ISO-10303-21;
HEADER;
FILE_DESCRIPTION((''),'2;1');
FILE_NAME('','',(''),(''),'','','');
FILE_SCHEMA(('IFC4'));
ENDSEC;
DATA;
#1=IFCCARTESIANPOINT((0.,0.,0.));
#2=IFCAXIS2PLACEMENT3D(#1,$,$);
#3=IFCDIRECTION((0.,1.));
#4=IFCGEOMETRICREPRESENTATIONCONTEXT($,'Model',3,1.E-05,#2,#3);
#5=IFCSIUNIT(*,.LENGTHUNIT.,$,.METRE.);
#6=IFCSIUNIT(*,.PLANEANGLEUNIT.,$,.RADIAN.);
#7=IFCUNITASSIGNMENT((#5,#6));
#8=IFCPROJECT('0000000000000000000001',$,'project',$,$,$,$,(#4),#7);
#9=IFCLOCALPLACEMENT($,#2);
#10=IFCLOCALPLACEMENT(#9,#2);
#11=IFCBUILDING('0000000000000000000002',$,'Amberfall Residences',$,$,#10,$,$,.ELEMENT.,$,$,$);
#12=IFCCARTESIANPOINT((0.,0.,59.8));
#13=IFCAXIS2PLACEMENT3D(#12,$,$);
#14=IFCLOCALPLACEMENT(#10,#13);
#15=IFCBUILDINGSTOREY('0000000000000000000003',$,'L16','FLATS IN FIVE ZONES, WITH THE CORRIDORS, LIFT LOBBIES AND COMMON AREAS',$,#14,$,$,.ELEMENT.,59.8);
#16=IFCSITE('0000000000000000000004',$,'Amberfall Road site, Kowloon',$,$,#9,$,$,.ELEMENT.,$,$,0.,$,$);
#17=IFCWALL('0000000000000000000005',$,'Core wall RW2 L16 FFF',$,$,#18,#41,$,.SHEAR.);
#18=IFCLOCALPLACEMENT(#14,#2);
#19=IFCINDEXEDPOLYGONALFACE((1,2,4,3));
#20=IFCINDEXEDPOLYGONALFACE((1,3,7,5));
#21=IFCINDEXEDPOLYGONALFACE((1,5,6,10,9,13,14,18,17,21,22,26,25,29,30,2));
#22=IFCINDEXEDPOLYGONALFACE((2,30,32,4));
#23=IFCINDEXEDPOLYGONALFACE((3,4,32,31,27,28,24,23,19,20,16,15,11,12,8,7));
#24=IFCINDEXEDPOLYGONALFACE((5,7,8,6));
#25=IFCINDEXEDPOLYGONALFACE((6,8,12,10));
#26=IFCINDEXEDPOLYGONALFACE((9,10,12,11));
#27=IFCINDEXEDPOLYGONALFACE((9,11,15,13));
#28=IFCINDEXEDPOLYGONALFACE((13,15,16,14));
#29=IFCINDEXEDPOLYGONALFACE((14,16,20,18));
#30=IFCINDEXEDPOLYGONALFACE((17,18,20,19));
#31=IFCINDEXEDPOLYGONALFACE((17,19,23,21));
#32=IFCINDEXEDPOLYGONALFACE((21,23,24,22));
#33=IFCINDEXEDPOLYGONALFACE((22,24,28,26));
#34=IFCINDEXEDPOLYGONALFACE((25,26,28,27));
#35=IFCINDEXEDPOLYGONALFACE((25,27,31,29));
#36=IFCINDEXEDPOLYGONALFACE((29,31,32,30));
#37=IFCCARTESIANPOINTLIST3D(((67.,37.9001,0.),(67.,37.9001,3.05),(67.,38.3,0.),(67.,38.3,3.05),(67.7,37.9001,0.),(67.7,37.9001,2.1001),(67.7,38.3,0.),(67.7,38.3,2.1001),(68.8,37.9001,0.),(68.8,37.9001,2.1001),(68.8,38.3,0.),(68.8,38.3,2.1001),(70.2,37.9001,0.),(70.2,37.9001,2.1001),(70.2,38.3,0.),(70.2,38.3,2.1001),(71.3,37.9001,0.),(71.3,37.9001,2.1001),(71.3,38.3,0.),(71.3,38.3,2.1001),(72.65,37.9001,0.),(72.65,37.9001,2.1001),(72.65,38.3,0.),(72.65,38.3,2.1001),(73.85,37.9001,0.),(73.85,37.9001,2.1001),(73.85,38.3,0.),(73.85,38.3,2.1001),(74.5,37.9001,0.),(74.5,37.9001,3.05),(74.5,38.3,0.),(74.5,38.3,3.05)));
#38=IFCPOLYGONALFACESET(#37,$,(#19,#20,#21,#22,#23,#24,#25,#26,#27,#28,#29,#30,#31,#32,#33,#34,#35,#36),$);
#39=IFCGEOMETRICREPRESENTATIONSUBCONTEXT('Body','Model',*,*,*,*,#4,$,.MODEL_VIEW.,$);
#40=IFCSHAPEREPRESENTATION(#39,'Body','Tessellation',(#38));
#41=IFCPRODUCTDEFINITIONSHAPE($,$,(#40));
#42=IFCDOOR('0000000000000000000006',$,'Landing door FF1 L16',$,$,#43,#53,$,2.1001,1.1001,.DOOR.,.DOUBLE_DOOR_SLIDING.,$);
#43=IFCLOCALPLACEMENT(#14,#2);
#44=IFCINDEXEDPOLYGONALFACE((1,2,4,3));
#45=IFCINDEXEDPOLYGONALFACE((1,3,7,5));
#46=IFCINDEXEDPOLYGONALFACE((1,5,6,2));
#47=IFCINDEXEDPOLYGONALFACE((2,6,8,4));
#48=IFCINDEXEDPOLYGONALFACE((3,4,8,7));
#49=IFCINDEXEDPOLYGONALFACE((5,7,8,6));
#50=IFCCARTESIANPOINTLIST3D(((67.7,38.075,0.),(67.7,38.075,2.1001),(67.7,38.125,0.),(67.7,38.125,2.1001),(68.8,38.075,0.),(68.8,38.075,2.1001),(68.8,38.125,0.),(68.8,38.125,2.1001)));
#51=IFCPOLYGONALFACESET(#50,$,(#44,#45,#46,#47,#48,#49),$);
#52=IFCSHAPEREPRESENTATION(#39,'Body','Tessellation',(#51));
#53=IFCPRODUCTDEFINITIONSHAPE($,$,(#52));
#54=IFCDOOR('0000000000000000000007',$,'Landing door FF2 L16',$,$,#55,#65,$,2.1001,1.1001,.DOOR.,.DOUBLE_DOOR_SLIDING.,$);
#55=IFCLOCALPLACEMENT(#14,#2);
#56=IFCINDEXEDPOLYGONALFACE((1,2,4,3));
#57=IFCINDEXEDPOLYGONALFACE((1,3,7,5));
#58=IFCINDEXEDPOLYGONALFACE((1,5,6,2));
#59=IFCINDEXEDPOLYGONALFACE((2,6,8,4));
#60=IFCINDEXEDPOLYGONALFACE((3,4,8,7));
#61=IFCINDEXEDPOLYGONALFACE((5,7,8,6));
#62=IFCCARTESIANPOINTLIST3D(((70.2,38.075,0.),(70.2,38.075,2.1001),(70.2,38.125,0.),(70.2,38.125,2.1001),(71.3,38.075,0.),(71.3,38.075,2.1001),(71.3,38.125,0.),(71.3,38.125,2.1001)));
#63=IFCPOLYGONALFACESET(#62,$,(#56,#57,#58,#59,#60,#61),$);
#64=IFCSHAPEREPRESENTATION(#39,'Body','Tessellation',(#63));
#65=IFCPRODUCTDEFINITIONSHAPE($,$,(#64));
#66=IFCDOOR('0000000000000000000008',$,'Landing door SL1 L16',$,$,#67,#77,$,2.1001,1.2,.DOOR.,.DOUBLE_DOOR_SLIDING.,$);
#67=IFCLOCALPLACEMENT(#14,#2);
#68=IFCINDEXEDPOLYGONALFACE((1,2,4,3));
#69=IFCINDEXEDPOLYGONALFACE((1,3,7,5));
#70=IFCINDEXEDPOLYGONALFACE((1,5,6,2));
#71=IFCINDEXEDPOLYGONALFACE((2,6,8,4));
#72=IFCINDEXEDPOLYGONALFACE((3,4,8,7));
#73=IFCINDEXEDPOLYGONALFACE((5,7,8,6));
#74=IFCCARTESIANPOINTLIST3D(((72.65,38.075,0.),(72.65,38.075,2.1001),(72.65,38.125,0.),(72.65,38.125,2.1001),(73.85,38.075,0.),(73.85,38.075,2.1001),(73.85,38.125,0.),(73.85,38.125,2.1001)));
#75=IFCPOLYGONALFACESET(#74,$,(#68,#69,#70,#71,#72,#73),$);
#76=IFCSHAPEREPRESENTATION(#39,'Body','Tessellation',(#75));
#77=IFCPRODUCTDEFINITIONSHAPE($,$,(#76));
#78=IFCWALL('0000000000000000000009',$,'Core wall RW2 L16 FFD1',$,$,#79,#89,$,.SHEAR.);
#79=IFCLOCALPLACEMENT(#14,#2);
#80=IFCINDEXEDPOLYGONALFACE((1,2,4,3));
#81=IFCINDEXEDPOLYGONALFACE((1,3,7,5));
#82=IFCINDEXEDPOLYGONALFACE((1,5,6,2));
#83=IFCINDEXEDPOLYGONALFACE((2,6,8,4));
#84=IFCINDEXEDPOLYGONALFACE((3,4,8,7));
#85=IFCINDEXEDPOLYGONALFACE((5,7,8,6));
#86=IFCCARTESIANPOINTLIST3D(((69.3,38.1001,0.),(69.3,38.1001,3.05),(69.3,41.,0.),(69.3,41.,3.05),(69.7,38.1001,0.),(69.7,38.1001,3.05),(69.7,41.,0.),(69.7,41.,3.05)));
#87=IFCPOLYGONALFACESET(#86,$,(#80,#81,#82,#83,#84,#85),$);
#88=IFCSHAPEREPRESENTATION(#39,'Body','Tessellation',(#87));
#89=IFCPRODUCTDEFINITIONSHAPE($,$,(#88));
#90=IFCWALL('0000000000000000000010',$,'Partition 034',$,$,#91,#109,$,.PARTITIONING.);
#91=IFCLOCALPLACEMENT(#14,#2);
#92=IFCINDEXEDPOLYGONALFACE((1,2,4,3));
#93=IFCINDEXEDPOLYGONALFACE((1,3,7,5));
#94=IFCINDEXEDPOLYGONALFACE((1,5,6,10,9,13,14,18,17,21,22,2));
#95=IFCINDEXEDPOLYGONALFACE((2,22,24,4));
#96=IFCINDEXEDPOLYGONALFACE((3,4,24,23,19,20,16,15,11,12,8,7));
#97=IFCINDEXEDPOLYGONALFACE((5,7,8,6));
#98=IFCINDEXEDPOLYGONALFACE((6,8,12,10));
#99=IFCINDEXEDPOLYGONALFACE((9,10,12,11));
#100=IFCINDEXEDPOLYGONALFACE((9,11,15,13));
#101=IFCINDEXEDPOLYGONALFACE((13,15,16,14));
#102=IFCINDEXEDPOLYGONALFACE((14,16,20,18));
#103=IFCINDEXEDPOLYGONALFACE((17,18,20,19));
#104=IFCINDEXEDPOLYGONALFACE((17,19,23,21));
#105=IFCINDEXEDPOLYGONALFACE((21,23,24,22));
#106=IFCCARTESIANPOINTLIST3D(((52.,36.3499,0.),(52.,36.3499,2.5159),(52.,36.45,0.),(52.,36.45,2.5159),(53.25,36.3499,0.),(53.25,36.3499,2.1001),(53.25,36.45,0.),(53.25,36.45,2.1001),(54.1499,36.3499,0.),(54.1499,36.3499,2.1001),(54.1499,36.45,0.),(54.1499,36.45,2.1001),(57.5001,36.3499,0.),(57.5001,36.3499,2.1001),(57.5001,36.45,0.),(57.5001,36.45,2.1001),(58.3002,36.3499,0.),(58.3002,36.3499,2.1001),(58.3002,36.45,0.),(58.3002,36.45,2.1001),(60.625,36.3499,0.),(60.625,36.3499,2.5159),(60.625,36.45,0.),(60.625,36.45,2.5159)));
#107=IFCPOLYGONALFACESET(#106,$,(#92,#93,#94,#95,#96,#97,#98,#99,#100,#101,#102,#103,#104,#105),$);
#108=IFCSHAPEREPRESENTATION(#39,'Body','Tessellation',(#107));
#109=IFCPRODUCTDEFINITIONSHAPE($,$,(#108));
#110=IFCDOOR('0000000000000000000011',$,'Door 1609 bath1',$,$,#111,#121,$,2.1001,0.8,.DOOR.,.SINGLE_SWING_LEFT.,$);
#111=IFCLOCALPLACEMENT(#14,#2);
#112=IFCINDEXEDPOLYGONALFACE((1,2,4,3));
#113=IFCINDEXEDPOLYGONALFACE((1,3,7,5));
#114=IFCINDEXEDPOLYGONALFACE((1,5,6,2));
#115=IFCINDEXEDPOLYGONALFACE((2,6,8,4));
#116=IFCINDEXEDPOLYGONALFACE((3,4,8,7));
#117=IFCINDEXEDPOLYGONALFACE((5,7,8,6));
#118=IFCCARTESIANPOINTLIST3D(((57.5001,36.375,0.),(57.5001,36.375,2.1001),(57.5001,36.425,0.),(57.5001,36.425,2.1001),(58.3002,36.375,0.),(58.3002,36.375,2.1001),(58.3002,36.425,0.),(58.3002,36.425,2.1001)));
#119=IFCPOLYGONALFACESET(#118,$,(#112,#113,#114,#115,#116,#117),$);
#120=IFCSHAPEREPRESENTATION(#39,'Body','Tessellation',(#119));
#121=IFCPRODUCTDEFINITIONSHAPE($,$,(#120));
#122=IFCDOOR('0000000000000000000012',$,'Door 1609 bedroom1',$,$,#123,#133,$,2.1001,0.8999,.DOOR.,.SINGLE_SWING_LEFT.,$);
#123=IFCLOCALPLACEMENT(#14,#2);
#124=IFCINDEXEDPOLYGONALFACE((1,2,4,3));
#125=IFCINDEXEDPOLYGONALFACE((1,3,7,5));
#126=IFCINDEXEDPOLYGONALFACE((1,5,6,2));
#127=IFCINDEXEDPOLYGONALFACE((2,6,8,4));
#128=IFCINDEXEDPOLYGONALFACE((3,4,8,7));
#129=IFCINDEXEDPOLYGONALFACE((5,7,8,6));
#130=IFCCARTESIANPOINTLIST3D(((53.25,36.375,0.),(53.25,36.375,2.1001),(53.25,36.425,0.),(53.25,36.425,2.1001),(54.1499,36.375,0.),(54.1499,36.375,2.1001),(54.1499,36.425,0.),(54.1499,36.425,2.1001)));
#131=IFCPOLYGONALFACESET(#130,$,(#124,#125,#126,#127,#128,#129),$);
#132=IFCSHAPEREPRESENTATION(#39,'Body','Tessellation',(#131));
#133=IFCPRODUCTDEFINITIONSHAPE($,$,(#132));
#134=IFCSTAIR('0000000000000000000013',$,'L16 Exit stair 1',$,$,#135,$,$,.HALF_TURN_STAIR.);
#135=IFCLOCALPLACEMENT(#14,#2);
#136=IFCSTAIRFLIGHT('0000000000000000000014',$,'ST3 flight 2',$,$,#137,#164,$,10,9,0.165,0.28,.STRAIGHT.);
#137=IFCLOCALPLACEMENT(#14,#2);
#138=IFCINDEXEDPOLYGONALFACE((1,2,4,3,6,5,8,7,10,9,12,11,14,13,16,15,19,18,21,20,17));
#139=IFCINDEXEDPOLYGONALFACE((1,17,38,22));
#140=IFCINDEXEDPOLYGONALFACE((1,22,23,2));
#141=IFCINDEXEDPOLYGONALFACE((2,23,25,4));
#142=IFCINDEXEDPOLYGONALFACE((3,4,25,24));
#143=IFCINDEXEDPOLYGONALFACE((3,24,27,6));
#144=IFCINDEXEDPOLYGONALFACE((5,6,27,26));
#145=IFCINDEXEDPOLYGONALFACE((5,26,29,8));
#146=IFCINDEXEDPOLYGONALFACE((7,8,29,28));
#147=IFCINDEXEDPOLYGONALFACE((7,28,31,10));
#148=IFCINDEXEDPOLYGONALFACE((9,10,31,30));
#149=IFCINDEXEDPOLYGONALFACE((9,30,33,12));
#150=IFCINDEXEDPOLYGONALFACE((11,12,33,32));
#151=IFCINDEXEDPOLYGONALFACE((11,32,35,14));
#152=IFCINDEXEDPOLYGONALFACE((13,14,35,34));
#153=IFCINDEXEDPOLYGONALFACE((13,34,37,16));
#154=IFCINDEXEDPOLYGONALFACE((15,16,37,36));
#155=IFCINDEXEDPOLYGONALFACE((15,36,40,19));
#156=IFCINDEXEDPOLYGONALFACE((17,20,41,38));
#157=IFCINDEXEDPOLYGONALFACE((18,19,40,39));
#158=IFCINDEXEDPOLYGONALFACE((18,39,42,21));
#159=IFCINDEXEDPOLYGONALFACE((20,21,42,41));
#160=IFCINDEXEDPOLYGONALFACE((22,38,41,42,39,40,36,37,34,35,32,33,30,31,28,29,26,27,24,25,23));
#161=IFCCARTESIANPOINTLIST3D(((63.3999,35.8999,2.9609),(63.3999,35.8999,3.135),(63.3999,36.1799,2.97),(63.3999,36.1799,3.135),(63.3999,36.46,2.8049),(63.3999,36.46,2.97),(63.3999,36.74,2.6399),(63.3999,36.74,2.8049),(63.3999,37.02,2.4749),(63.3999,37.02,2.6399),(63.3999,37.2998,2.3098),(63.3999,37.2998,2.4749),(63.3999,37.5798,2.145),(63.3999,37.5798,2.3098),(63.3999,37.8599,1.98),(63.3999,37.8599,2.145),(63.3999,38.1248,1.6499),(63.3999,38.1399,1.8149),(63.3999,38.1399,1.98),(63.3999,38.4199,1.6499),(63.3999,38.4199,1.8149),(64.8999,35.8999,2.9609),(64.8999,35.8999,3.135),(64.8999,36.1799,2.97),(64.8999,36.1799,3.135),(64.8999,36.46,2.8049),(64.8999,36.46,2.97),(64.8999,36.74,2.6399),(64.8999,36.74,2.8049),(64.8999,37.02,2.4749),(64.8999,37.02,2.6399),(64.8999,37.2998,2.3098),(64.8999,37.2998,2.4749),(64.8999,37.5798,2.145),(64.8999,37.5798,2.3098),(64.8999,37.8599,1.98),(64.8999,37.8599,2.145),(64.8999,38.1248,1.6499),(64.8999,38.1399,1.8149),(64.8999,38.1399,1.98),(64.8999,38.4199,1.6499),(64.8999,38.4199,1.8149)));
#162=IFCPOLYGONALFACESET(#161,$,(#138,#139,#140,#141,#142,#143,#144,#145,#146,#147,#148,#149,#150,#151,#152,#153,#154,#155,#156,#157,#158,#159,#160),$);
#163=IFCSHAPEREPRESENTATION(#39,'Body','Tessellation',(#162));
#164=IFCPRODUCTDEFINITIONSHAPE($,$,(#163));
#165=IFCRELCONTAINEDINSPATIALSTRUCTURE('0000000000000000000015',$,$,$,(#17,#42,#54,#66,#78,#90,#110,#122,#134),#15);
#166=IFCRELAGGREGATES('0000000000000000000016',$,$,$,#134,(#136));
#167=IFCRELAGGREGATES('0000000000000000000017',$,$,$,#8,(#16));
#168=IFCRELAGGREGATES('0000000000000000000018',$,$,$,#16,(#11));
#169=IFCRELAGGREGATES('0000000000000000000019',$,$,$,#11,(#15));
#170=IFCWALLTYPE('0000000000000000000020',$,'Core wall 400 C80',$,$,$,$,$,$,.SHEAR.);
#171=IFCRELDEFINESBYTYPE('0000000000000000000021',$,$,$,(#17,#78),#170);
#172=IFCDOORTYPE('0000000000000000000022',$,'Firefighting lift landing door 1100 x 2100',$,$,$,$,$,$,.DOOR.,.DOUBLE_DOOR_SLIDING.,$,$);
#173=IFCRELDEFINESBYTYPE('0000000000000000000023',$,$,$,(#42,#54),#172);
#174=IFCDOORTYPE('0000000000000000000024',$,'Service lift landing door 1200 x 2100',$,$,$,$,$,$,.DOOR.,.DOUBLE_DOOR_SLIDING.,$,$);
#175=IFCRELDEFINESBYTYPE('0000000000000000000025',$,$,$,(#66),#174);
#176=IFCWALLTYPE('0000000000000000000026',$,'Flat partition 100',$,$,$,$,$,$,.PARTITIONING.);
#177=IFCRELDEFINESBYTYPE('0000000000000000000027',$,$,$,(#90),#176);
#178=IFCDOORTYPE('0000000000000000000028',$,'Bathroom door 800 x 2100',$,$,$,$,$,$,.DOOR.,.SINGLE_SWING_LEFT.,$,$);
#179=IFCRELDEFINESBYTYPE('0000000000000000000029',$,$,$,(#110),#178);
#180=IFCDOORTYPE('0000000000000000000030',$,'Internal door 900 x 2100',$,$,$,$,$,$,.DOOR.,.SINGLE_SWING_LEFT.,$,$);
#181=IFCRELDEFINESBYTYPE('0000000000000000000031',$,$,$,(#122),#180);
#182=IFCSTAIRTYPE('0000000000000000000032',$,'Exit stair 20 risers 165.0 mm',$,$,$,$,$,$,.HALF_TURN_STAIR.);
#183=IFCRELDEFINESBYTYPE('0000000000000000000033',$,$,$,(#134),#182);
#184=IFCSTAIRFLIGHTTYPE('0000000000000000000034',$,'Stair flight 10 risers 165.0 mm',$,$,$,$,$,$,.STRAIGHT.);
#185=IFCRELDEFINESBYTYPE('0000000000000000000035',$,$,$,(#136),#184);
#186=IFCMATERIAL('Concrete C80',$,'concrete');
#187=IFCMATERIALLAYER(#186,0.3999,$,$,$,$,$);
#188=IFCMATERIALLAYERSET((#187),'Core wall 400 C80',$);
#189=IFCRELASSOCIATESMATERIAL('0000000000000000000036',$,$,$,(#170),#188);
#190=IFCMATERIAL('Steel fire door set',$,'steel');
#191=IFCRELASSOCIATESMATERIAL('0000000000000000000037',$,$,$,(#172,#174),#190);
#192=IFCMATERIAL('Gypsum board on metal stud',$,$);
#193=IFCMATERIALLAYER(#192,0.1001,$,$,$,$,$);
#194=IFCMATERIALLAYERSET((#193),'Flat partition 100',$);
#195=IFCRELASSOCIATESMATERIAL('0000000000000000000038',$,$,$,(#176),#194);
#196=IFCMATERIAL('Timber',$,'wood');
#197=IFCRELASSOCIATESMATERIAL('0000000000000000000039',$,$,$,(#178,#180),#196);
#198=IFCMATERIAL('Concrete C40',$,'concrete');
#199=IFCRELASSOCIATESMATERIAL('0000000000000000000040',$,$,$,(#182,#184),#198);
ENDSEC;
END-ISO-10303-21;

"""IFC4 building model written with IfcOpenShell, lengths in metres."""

from ifc_helpers import new_model, si_unit, direction, frame, frame_2d, origin, place, context, subcontext, project, spatial, polyline, rectangle, outline, extrude, material, layer, layer_set, type_object, element, fill, aggregate, save


model = new_model("IFC4")

# Units and contexts
model_context = context("Model", 3, precision=1e-05, world=origin(), true_north=direction((0.0, 1.0)))
body_context = subcontext(model_context, "Body", "Model", "MODEL_VIEW")
ifc_project = project(units=[si_unit("LENGTHUNIT", "METRE"), si_unit("PLANEANGLEUNIT", "RADIAN")], contexts=[model_context])

# Site, building, storey
site_placement = place(None, origin())
site = spatial("IfcSite", under=ifc_project, at=site_placement, Name="Amberfall Road site, Kowloon", CompositionType="ELEMENT", RefElevation=0.0)
building_placement = place(site_placement, origin())
building = spatial("IfcBuilding", under=site, at=building_placement, Name="Amberfall Residences", CompositionType="ELEMENT")
storey_placement = place(building_placement, frame((0.0, 0.0, 59.8)))
storey = spatial("IfcBuildingStorey", under=building, at=storey_placement, Name="L16", Description="FLATS IN FIVE ZONES, WITH THE CORRIDORS, LIFT LOBBIES AND COMMON AREAS", CompositionType="ELEMENT", Elevation=59.8)

# Wall, openings, doors
ifc_material_1 = material(Name="Concrete C80", Category="concrete")
ifc_layer_1 = layer(ifc_material_1, 0.3999)
ifc_layer_set_1 = layer_set([ifc_layer_1], Name="Core wall 400 C80")
wall_type_1 = type_object("IfcWallType", Name="Core wall 400 C80", PredefinedType="SHEAR", material=ifc_layer_set_1)
wall_1_placement = place(storey_placement, frame((67.0, 38.1001, 0.0), z_axis=(0.0, 0.0, 1.0), x_axis=(1.0, 0.0, 0.0)))
wall_1 = element("IfcWall", 1, at=wall_1_placement, inside=storey, type_object=wall_type_1, Name="Core wall RW2 L16 FFF", PredefinedType="SHEAR", context=body_context, shape_type="SweptSolid", body=[
    extrude(rectangle(XDim=7.5, YDim=0.3999, at=frame_2d((3.75, 0.0))), origin(), (0.0, 0.0, 1.0), 3.05),
])
opening_1_placement = place(wall_1_placement, frame((0.7, 0.0, 0.0)))
opening_1 = element("IfcOpeningElement", 2, at=opening_1_placement, cuts=wall_1, PredefinedType="OPENING", context=body_context, shape_type="SweptSolid", body=[
    extrude(rectangle(XDim=1.1001, YDim=2.1001, at=frame_2d((0.55, 1.05))), frame((0.0, 0.21, 0.0), z_axis=(0.0, -1.0, 0.0), x_axis=(1.0, 0.0, 0.0)), (0.0, 0.0, 1.0), 0.4199),
])
opening_2_placement = place(wall_1_placement, frame((3.2, 0.0, 0.0)))
opening_2 = element("IfcOpeningElement", 3, at=opening_2_placement, cuts=wall_1, PredefinedType="OPENING", context=body_context, shape_type="SweptSolid", body=[
    extrude(rectangle(XDim=1.1001, YDim=2.1001, at=frame_2d((0.55, 1.05))), frame((0.0, 0.21, 0.0), z_axis=(0.0, -1.0, 0.0), x_axis=(1.0, 0.0, 0.0)), (0.0, 0.0, 1.0), 0.4199),
])
opening_3_placement = place(wall_1_placement, frame((5.6499, 0.0, 0.0)))
opening_3 = element("IfcOpeningElement", 4, at=opening_3_placement, cuts=wall_1, PredefinedType="OPENING", context=body_context, shape_type="SweptSolid", body=[
    extrude(rectangle(XDim=1.2, YDim=2.1001, at=frame_2d((0.6001, 1.05))), frame((0.0, 0.21, 0.0), z_axis=(0.0, -1.0, 0.0), x_axis=(1.0, 0.0, 0.0)), (0.0, 0.0, 1.0), 0.4199),
])
ifc_material_2 = material(Name="Steel fire door set", Category="steel")
door_type_1 = type_object("IfcDoorType", Name="Firefighting lift landing door 1100 x 2100", OperationType="DOUBLE_DOOR_SLIDING", PredefinedType="DOOR", material=ifc_material_2)
door_1_placement = place(opening_1_placement, origin())
door_1 = element("IfcDoor", 5, at=door_1_placement, inside=storey, type_object=door_type_1, Name="Landing door FF1 L16", OperationType="DOUBLE_DOOR_SLIDING", OverallHeight=2.1001, OverallWidth=1.1001, PredefinedType="DOOR", context=body_context, shape_type="SweptSolid", body=[
    extrude(rectangle(XDim=1.1001, YDim=2.1001, at=frame_2d((0.55, 1.05))), frame((0.0, 0.0249, 0.0), z_axis=(0.0, -1.0, 0.0), x_axis=(1.0, 0.0, 0.0)), (0.0, 0.0, 1.0), 0.05),
])
fill(opening_1, door_1)
door_2_placement = place(opening_2_placement, origin())
door_2 = element("IfcDoor", 6, at=door_2_placement, inside=storey, type_object=door_type_1, Name="Landing door FF2 L16", OperationType="DOUBLE_DOOR_SLIDING", OverallHeight=2.1001, OverallWidth=1.1001, PredefinedType="DOOR", context=body_context, shape_type="SweptSolid", body=[
    extrude(rectangle(XDim=1.1001, YDim=2.1001, at=frame_2d((0.55, 1.05))), frame((0.0, 0.0249, 0.0), z_axis=(0.0, -1.0, 0.0), x_axis=(1.0, 0.0, 0.0)), (0.0, 0.0, 1.0), 0.05),
])
fill(opening_2, door_2)
door_type_2 = type_object("IfcDoorType", Name="Service lift landing door 1200 x 2100", OperationType="DOUBLE_DOOR_SLIDING", PredefinedType="DOOR", material=ifc_material_2)
door_3_placement = place(opening_3_placement, origin())
door_3 = element("IfcDoor", 7, at=door_3_placement, inside=storey, type_object=door_type_2, Name="Landing door SL1 L16", OperationType="DOUBLE_DOOR_SLIDING", OverallHeight=2.1001, OverallWidth=1.2, PredefinedType="DOOR", context=body_context, shape_type="SweptSolid", body=[
    extrude(rectangle(XDim=1.2, YDim=2.1001, at=frame_2d((0.6001, 1.05))), frame((0.0, 0.0249, 0.0), z_axis=(0.0, -1.0, 0.0), x_axis=(1.0, 0.0, 0.0)), (0.0, 0.0, 1.0), 0.05),
])
fill(opening_3, door_3)

# Wall
wall_2_placement = place(storey_placement, frame((69.5, 38.1001, 0.0), z_axis=(0.0, 0.0, 1.0), x_axis=(0.0, 1.0, 0.0)))
element("IfcWall", 8, at=wall_2_placement, inside=storey, type_object=wall_type_1, Name="Core wall RW2 L16 FFD1", PredefinedType="SHEAR", context=body_context, shape_type="SweptSolid", body=[
    extrude(rectangle(XDim=2.8999, YDim=0.3999, at=frame_2d((1.45, 0.0))), origin(), (0.0, 0.0, 1.0), 3.05),
])

# Wall, openings, doors
ifc_material_3 = material(Name="Gypsum board on metal stud")
ifc_layer_2 = layer(ifc_material_3, 0.1001)
ifc_layer_set_2 = layer_set([ifc_layer_2], Name="Flat partition 100")
wall_type_2 = type_object("IfcWallType", Name="Flat partition 100", PredefinedType="PARTITIONING", material=ifc_layer_set_2)
wall_3_placement = place(storey_placement, frame((60.625, 36.3999, 0.0), z_axis=(0.0, 0.0, 1.0), x_axis=(-1.0, 0.0, 0.0)))
wall_3 = element("IfcWall", 9, at=wall_3_placement, inside=storey, type_object=wall_type_2, Name="Partition 034", PredefinedType="PARTITIONING", context=body_context, shape_type="SweptSolid", body=[
    extrude(rectangle(XDim=8.625, YDim=0.1001, at=frame_2d((4.3125, 0.0))), origin(), (0.0, 0.0, 1.0), 2.5159),
])
opening_4_placement = place(wall_3_placement, frame((6.4751, 0.0, 0.0)))
opening_4 = element("IfcOpeningElement", 10, at=opening_4_placement, cuts=wall_3, PredefinedType="OPENING", context=body_context, shape_type="SweptSolid", body=[
    extrude(rectangle(XDim=0.8999, YDim=2.1001, at=frame_2d((0.45, 1.05))), frame((0.0, 0.0601, 0.0), z_axis=(0.0, -1.0, 0.0), x_axis=(1.0, 0.0, 0.0)), (0.0, 0.0, 1.0), 0.1201),
])
opening_5_placement = place(wall_3_placement, frame((2.325, 0.0, 0.0)))
opening_5 = element("IfcOpeningElement", 11, at=opening_5_placement, cuts=wall_3, PredefinedType="OPENING", context=body_context, shape_type="SweptSolid", body=[
    extrude(rectangle(XDim=0.8, YDim=2.1001, at=frame_2d((0.3999, 1.05))), frame((0.0, 0.0601, 0.0), z_axis=(0.0, -1.0, 0.0), x_axis=(1.0, 0.0, 0.0)), (0.0, 0.0, 1.0), 0.1201),
])
ifc_material_4 = material(Name="Timber", Category="wood")
door_type_3 = type_object("IfcDoorType", Name="Bathroom door 800 x 2100", OperationType="SINGLE_SWING_LEFT", PredefinedType="DOOR", material=ifc_material_4)
door_4_placement = place(opening_5_placement, origin())
door_4 = element("IfcDoor", 12, at=door_4_placement, inside=storey, type_object=door_type_3, Name="Door 1609 bath1", OperationType="SINGLE_SWING_LEFT", OverallHeight=2.1001, OverallWidth=0.8, PredefinedType="DOOR", context=body_context, shape_type="SweptSolid", body=[
    extrude(rectangle(XDim=0.8, YDim=2.1001, at=frame_2d((0.3999, 1.05))), frame((0.0, 0.0249, 0.0), z_axis=(0.0, -1.0, 0.0), x_axis=(1.0, 0.0, 0.0)), (0.0, 0.0, 1.0), 0.05),
])
fill(opening_5, door_4)
door_type_4 = type_object("IfcDoorType", Name="Internal door 900 x 2100", OperationType="SINGLE_SWING_LEFT", PredefinedType="DOOR", material=ifc_material_4)
door_5_placement = place(opening_4_placement, origin())
door_5 = element("IfcDoor", 13, at=door_5_placement, inside=storey, type_object=door_type_4, Name="Door 1609 bedroom1", OperationType="SINGLE_SWING_LEFT", OverallHeight=2.1001, OverallWidth=0.8999, PredefinedType="DOOR", context=body_context, shape_type="SweptSolid", body=[
    extrude(rectangle(XDim=0.8999, YDim=2.1001, at=frame_2d((0.45, 1.05))), frame((0.0, 0.0249, 0.0), z_axis=(0.0, -1.0, 0.0), x_axis=(1.0, 0.0, 0.0)), (0.0, 0.0, 1.0), 0.05),
])
fill(opening_4, door_5)

# Stair, stair flight
ifc_material_5 = material(Name="Concrete C40", Category="concrete")
stair_type = type_object("IfcStairType", Name="Exit stair 20 risers 165.0 mm", PredefinedType="HALF_TURN_STAIR", material=ifc_material_5)
stair_placement = place(storey_placement, origin())
stair = element("IfcStair", 14, at=stair_placement, inside=storey, type_object=stair_type, Name="L16 Exit stair 1", PredefinedType="HALF_TURN_STAIR")
stair_flight_type = type_object("IfcStairFlightType", Name="Stair flight 10 risers 165.0 mm", PredefinedType="STRAIGHT", material=ifc_material_5)
stair_flight_placement = place(storey_placement, frame((64.1499, 38.4199, 1.6499), z_axis=(0.0, 0.0, 1.0), x_axis=(0.0, -1.0, 0.0)))
stair_flight = element("IfcStairFlight", 15, at=stair_flight_placement, type_object=stair_flight_type, Name="ST3 flight 2", NumberOfRisers=10, NumberOfTreads=9, PredefinedType="STRAIGHT", RiserHeight=0.165, TreadLength=0.28, context=body_context, shape_type="SweptSolid", body=[
    extrude(outline(polyline([(0.0, 0.0), (0.0, 0.165), (0.28, 0.165), (0.28, 0.3301), (0.5601, 0.3301), (0.5601, 0.4951), (0.8401, 0.4951), (0.8401, 0.6599), (1.1201, 0.6599), (1.1201, 0.825), (1.3999, 0.825), (1.3999, 0.99), (1.6799, 0.99), (1.6799, 1.155), (1.96, 1.155), (1.96, 1.3201), (2.24, 1.3201), (2.24, 1.4851), (2.52, 1.4851), (2.52, 1.6499), (2.52, 1.311), (0.2952, 0.0), (0.0, 0.0)])), frame((0.0, 0.75, 0.0), z_axis=(0.0, -1.0, 0.0), x_axis=(1.0, 0.0, 0.0)), (0.0, 0.0, 1.0), 1.5),
])
aggregate(stair, [stair_flight])

save(model, "model.ifc")
